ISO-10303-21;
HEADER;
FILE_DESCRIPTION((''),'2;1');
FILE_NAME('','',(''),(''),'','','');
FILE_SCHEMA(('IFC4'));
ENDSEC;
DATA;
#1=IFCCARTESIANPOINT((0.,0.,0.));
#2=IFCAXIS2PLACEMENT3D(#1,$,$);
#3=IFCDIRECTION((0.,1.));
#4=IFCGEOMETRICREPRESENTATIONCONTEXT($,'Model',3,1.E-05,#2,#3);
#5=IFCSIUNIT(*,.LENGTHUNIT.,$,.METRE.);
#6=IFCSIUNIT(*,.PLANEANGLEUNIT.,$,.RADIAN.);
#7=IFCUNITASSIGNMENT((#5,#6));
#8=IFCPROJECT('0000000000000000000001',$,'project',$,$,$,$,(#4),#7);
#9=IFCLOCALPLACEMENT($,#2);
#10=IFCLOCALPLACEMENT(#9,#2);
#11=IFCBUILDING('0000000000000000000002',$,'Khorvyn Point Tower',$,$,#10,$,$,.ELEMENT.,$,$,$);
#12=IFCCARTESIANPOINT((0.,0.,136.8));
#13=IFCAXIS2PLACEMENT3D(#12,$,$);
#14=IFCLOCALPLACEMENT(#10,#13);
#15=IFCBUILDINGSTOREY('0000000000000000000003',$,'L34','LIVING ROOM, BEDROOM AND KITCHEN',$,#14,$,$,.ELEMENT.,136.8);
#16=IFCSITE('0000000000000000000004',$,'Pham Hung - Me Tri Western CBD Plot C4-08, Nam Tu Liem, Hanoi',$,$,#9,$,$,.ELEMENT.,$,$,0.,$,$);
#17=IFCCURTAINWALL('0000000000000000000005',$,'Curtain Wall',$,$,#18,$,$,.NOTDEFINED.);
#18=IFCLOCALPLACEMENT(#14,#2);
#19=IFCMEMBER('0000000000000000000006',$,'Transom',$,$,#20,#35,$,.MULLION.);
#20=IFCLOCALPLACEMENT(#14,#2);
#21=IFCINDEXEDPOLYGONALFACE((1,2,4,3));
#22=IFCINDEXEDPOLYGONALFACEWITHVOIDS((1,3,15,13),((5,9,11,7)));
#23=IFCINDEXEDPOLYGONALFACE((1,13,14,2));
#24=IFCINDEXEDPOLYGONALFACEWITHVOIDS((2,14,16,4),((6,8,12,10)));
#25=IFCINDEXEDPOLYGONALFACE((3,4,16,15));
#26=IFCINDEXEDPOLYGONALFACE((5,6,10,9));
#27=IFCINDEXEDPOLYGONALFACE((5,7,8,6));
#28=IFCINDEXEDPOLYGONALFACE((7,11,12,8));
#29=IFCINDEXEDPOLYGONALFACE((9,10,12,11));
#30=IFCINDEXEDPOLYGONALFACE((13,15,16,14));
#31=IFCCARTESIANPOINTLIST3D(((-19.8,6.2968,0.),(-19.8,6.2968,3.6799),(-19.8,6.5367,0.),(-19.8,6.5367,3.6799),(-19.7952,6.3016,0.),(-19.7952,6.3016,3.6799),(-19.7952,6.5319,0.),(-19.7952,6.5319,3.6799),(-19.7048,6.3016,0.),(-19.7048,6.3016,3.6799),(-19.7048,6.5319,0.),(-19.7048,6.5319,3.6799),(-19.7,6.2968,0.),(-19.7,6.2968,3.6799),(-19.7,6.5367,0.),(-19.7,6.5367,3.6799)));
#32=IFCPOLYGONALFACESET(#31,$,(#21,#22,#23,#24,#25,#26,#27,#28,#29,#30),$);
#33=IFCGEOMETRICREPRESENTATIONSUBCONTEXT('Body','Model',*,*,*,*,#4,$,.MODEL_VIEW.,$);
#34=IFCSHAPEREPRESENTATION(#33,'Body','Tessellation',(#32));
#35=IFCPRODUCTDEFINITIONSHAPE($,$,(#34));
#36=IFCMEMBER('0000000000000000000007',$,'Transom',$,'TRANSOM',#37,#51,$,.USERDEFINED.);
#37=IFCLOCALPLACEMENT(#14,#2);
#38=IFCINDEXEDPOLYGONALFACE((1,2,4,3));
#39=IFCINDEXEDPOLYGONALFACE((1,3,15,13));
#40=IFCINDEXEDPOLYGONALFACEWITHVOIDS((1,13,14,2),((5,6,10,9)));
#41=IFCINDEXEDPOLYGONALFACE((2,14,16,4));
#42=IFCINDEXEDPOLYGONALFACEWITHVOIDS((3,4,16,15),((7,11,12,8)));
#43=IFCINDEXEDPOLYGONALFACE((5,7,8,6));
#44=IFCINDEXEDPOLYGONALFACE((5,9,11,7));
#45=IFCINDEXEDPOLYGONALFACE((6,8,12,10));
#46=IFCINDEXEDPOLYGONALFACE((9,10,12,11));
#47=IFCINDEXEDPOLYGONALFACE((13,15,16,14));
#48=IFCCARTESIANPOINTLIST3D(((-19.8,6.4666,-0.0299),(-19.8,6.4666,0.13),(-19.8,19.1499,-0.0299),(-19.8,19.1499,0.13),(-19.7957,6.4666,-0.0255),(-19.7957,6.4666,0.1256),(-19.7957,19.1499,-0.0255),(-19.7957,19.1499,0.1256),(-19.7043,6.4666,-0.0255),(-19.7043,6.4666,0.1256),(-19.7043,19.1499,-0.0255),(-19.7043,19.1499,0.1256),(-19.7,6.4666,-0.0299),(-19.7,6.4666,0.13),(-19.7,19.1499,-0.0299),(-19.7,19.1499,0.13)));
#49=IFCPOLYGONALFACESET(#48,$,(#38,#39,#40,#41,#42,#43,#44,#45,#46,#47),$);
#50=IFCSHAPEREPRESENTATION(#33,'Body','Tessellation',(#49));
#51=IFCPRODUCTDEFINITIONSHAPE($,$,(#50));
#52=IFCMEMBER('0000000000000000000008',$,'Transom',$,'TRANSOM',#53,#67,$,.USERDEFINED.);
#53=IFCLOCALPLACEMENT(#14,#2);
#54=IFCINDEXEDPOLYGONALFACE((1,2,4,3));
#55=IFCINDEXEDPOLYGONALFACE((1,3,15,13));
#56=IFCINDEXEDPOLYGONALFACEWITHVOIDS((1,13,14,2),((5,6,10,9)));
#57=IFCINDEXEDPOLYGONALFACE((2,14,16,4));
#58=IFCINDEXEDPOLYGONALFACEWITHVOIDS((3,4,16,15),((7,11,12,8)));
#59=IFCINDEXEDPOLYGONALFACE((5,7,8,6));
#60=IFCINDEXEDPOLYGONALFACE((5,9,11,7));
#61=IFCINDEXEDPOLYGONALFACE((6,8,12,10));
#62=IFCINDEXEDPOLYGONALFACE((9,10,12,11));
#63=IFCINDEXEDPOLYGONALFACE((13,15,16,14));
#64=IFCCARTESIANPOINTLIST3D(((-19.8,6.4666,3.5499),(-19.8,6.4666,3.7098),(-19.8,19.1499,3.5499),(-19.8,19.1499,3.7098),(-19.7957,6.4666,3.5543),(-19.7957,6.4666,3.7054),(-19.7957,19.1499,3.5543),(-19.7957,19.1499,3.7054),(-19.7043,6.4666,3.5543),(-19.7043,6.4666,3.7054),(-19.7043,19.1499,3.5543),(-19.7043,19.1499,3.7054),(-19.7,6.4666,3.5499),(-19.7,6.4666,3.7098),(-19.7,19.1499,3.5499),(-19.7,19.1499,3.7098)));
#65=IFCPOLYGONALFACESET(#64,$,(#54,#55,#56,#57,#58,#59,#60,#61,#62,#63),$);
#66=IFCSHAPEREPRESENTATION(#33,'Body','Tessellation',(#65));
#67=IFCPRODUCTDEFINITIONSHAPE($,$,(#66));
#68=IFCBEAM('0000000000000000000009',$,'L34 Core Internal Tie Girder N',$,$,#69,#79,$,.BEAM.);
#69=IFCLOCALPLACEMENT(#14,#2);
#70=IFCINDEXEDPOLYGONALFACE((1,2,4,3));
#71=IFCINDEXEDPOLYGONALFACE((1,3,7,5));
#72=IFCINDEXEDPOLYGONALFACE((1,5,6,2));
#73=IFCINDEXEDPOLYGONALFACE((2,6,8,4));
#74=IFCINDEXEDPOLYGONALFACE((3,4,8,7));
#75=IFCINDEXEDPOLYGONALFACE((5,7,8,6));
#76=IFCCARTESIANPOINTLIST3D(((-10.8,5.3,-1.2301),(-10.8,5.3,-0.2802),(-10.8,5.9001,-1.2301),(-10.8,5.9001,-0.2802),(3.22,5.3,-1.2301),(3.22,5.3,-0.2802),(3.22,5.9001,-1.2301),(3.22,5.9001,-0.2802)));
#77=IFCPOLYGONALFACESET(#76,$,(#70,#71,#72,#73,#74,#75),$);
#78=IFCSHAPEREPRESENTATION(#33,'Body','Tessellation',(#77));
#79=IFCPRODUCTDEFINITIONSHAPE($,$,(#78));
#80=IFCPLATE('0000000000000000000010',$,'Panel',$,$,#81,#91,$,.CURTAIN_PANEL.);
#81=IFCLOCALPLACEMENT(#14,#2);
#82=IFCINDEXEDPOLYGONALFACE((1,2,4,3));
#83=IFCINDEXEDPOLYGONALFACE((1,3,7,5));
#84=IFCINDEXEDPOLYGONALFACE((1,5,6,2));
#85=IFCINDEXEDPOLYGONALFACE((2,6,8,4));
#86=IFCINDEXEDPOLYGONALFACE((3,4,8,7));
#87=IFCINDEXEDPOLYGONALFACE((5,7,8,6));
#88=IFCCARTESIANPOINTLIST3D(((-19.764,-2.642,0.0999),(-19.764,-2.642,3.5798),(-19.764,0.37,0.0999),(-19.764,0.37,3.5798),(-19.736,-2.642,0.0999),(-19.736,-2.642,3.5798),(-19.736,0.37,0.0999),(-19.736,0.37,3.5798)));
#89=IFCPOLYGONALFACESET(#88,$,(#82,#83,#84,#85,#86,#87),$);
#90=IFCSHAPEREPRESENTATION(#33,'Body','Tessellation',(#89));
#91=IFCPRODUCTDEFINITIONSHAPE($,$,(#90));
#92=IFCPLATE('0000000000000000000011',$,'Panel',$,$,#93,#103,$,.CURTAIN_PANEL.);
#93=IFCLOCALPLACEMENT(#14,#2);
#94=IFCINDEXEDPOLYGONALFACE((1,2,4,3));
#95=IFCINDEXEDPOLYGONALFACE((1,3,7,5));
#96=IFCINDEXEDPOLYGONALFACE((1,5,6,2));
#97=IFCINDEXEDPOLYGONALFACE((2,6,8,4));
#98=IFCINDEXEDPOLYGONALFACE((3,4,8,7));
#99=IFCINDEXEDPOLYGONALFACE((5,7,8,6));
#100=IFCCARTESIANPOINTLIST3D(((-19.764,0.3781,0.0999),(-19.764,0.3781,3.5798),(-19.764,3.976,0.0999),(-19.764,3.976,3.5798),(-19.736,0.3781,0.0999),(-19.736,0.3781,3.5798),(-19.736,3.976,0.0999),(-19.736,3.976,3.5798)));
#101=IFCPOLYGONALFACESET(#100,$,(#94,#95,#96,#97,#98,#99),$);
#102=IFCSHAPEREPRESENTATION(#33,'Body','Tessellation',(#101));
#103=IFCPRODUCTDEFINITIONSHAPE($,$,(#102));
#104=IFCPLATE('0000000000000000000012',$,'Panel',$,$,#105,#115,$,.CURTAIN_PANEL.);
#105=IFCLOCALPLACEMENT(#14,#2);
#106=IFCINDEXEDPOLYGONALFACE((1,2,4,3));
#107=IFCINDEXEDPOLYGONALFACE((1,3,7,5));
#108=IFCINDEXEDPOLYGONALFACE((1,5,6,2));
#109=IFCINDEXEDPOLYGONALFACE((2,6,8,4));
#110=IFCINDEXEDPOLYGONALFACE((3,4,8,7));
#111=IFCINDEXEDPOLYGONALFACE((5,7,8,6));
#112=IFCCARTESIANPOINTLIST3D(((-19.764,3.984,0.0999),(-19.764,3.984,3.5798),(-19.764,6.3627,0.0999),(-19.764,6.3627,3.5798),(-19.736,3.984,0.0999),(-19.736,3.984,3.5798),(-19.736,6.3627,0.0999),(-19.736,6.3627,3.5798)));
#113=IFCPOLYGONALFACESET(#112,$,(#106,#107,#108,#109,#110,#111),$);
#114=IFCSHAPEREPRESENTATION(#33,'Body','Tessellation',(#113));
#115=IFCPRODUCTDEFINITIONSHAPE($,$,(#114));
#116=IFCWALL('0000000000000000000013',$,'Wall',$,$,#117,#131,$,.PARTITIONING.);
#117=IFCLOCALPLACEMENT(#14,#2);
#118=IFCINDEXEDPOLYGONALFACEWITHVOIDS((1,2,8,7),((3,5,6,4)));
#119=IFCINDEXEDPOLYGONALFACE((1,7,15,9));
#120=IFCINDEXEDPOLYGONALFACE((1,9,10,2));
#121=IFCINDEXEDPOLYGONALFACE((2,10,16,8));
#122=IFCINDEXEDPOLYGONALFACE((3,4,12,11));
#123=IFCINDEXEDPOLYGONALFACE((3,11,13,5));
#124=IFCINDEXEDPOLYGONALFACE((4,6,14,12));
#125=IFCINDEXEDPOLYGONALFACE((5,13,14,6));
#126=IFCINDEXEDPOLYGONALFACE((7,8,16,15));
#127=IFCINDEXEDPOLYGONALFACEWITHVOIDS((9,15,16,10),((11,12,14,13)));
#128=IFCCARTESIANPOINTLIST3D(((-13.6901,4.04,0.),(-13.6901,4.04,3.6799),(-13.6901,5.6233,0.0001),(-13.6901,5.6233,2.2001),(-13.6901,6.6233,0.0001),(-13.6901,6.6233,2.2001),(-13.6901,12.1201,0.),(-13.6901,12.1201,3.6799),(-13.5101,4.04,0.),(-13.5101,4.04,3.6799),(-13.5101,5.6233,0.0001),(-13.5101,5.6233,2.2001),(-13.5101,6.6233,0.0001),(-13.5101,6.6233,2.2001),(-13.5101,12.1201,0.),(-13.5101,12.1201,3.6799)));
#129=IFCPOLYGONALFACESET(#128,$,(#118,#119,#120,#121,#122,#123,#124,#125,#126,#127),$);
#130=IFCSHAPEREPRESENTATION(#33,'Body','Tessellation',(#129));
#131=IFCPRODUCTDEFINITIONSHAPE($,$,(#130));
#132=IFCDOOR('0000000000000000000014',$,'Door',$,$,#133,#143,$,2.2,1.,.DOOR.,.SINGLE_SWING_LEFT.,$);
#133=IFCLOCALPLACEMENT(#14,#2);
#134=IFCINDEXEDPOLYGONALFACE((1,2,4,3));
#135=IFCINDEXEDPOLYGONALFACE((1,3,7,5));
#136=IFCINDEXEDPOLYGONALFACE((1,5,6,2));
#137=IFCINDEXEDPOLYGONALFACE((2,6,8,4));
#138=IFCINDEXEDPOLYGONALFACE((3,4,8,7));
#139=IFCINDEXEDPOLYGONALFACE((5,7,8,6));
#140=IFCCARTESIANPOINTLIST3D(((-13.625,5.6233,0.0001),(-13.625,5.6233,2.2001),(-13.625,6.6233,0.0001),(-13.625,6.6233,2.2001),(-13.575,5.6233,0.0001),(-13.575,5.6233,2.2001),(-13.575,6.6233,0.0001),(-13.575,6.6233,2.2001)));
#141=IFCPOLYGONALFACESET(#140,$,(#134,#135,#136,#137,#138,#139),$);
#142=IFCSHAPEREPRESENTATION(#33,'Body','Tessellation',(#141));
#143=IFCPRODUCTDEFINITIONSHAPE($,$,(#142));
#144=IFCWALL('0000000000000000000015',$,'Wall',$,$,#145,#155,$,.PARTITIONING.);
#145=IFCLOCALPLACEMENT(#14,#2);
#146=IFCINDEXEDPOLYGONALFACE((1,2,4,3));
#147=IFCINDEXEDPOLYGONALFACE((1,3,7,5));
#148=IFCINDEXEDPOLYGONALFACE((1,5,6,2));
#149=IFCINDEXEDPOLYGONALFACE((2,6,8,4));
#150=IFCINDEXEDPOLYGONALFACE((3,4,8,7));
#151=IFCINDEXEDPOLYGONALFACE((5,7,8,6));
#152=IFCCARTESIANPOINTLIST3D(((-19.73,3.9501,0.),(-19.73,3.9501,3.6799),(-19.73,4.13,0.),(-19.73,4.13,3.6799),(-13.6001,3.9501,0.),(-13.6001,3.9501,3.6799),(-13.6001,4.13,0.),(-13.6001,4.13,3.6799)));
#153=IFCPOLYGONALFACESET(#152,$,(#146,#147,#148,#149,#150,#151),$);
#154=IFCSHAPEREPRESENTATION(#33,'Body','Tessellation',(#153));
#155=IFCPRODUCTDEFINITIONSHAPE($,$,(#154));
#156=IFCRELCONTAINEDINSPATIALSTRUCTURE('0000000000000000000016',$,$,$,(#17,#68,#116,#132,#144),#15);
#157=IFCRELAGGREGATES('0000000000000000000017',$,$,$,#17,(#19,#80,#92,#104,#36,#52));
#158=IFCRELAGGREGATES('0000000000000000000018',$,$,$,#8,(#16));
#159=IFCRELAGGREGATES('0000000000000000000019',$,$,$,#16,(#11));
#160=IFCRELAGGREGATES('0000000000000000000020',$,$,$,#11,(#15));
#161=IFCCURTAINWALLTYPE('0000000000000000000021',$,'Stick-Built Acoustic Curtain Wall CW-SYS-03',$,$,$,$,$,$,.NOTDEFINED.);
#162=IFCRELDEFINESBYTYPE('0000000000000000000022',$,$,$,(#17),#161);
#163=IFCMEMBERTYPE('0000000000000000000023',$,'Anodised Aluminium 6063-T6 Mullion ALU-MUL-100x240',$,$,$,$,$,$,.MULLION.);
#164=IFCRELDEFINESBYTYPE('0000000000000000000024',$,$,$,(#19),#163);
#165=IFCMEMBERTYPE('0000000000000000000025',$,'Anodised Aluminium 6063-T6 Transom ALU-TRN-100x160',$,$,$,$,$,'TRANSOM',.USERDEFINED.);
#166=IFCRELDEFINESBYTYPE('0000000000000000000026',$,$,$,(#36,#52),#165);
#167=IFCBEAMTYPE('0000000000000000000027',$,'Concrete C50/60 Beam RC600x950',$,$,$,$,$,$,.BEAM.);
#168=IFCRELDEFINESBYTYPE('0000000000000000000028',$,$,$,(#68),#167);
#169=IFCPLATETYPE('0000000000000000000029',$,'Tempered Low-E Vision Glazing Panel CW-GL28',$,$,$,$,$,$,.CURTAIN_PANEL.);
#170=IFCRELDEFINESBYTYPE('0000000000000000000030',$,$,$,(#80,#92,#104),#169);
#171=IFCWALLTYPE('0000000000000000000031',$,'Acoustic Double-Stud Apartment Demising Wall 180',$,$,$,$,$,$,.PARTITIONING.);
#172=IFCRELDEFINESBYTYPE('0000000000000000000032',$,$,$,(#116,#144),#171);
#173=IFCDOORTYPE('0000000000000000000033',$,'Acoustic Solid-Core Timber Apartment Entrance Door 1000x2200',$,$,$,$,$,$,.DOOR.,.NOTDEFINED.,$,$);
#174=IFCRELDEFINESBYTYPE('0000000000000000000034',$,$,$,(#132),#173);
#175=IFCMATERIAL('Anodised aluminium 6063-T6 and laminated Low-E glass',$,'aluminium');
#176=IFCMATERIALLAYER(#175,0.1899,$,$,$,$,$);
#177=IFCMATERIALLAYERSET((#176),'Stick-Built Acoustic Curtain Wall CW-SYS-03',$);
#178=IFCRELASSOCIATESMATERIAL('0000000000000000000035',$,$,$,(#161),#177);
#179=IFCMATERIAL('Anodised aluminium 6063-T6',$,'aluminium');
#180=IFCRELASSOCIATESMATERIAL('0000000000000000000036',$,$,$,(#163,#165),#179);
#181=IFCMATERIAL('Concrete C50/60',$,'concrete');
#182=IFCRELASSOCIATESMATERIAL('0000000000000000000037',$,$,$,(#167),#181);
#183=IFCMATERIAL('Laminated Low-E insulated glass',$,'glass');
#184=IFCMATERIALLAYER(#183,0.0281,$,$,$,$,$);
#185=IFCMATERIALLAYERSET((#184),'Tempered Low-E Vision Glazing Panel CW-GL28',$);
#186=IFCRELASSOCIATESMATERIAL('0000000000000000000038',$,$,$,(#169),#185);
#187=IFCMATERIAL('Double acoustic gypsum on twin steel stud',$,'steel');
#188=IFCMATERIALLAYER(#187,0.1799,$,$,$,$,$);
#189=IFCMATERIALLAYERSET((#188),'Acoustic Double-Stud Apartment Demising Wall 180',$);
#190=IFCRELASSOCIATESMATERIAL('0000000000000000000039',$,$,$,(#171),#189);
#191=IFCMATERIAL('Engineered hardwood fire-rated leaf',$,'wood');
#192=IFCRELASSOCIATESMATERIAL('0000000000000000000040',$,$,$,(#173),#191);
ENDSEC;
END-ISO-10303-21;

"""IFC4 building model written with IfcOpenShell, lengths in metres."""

from ifc_helpers import new_model, si_unit, direction, frame, frame_2d, origin, origin_2d, place, context, subcontext, project, spatial, rectangle, hollow_rectangle, extrude, material, layer, layer_set, material_profile, profile_set, type_object, element, fill, aggregate, save


model = new_model("IFC4")

# Units and contexts
model_context = context("Model", 3, precision=1e-05, world=origin(), true_north=direction((0.0, 1.0)))
body_context = subcontext(model_context, "Body", "Model", "MODEL_VIEW")
ifc_project = project(units=[si_unit("LENGTHUNIT", "METRE"), si_unit("PLANEANGLEUNIT", "RADIAN")], contexts=[model_context])

# Site, building, storey
site_placement = place(None, origin())
site = spatial("IfcSite", under=ifc_project, at=site_placement, Name="Pham Hung - Me Tri Western CBD Plot C4-08, Nam Tu Liem, Hanoi", CompositionType="ELEMENT", RefElevation=0.0)
building_placement = place(site_placement, origin())
building = spatial("IfcBuilding", under=site, at=building_placement, Name="Khorvyn Point Tower", CompositionType="ELEMENT")
storey_placement = place(building_placement, frame((0.0, 0.0, 136.8)))
storey = spatial("IfcBuildingStorey", under=building, at=storey_placement, Name="L34", Description="LIVING ROOM, BEDROOM AND KITCHEN", CompositionType="ELEMENT", Elevation=136.8)

# Curtain wall, members
ifc_material_1 = material(Name="Anodised aluminium 6063-T6 and laminated Low-E glass", Category="aluminium")
ifc_layer_1 = layer(ifc_material_1, 0.1899)
ifc_layer_set_1 = layer_set([ifc_layer_1], Name="Stick-Built Acoustic Curtain Wall CW-SYS-03")
curtain_wall_type = type_object("IfcCurtainWallType", Name="Stick-Built Acoustic Curtain Wall CW-SYS-03", PredefinedType="NOTDEFINED", material=ifc_layer_set_1)
curtain_wall_placement = place(storey_placement, origin())
curtain_wall = element("IfcCurtainWall", 1, at=curtain_wall_placement, inside=storey, type_object=curtain_wall_type, Name="Curtain Wall", PredefinedType="NOTDEFINED")
ifc_material_2 = material(Name="Anodised aluminium 6063-T6", Category="aluminium")
ifc_material_profile_1 = material_profile(ifc_material_2, hollow_rectangle(XDim=0.1001, YDim=0.24, WallThickness=0.0049, at=origin_2d()))
ifc_profile_set_1 = profile_set([ifc_material_profile_1], Name="Anodised aluminium 6063-T6 ALU-MUL-100x240")
member_type_1 = type_object("IfcMemberType", Name="Anodised Aluminium 6063-T6 Mullion ALU-MUL-100x240", PredefinedType="MULLION", material=ifc_profile_set_1)
member_1_placement = place(storey_placement, frame((-19.75, 6.4167, 0.0), z_axis=(0.0, 0.0, 1.0), x_axis=(-1.0, 0.0, 0.0)))
member_1 = element("IfcMember", 2, at=member_1_placement, type_object=member_type_1, Name="Transom", PredefinedType="MULLION", context=body_context, shape_type="SweptSolid", body=[
    extrude(hollow_rectangle(XDim=0.1001, YDim=0.24, WallThickness=0.0049, at=origin_2d()), origin(), (0.0, 0.0, 1.0), 3.6799),
])
ifc_material_profile_2 = material_profile(ifc_material_2, hollow_rectangle(XDim=0.1001, YDim=0.1599, WallThickness=0.0044, at=origin_2d()))
ifc_profile_set_2 = profile_set([ifc_material_profile_2], Name="Anodised aluminium 6063-T6 ALU-TRN-100x160")
member_type_2 = type_object("IfcMemberType", Name="Anodised Aluminium 6063-T6 Transom ALU-TRN-100x160", ElementType="TRANSOM", PredefinedType="USERDEFINED", material=ifc_profile_set_2)
member_2_placement = place(storey_placement, frame((-19.75, 6.4666, 0.05), z_axis=(0.0, 1.0, 0.0), x_axis=(-1.0, 0.0, 0.0)))
member_2 = element("IfcMember", 3, at=member_2_placement, type_object=member_type_2, Name="Transom", ObjectType="TRANSOM", PredefinedType="USERDEFINED", context=body_context, shape_type="SweptSolid", body=[
    extrude(hollow_rectangle(XDim=0.1001, YDim=0.1599, WallThickness=0.0044, at=origin_2d()), origin(), (0.0, 0.0, 1.0), 12.6833),
])
member_3_placement = place(storey_placement, frame((-19.75, 6.4666, 3.6299), z_axis=(0.0, 1.0, 0.0), x_axis=(-1.0, 0.0, 0.0)))
member_3 = element("IfcMember", 4, at=member_3_placement, type_object=member_type_2, Name="Transom", ObjectType="TRANSOM", PredefinedType="USERDEFINED", context=body_context, shape_type="SweptSolid", body=[
    extrude(hollow_rectangle(XDim=0.1001, YDim=0.1599, WallThickness=0.0044, at=origin_2d()), origin(), (0.0, 0.0, 1.0), 12.6833),
])

# Beam
ifc_material_3 = material(Name="Concrete C50/60", Category="concrete")
ifc_material_profile_3 = material_profile(ifc_material_3, rectangle(XDim=0.6001, YDim=0.95, at=origin_2d()))
ifc_profile_set_3 = profile_set([ifc_material_profile_3], Name="Concrete C50/60 RC600x950")
beam_type = type_object("IfcBeamType", Name="Concrete C50/60 Beam RC600x950", PredefinedType="BEAM", material=ifc_profile_set_3)
beam_placement = place(storey_placement, frame((-10.8, 5.6001, -0.7551), z_axis=(1.0, 0.0, 0.0), x_axis=(0.0, 1.0, 0.0)))
element("IfcBeam", 5, at=beam_placement, inside=storey, type_object=beam_type, Name="L34 Core Internal Tie Girder N", PredefinedType="BEAM", context=body_context, shape_type="SweptSolid", body=[
    extrude(rectangle(XDim=0.6001, YDim=0.95, at=origin_2d()), origin(), (0.0, 0.0, 1.0), 14.02),
])

# Plates
ifc_material_4 = material(Name="Laminated Low-E insulated glass", Category="glass")
ifc_layer_2 = layer(ifc_material_4, 0.0281)
ifc_layer_set_2 = layer_set([ifc_layer_2], Name="Tempered Low-E Vision Glazing Panel CW-GL28")
plate_type = type_object("IfcPlateType", Name="Tempered Low-E Vision Glazing Panel CW-GL28", PredefinedType="CURTAIN_PANEL", material=ifc_layer_set_2)
plate_1_placement = place(storey_placement, frame((-19.75, -1.136, 0.0999), z_axis=(0.0, 0.0, 1.0), x_axis=(0.0, 1.0, 0.0)))
plate_1 = element("IfcPlate", 6, at=plate_1_placement, type_object=plate_type, Name="Panel", PredefinedType="CURTAIN_PANEL", context=body_context, shape_type="SweptSolid", body=[
    extrude(rectangle(XDim=3.012, YDim=0.0281, at=origin_2d()), origin(), (0.0, 0.0, 1.0), 3.48),
])
plate_2_placement = place(storey_placement, frame((-19.75, 2.177, 0.0999), z_axis=(0.0, 0.0, 1.0), x_axis=(0.0, 1.0, 0.0)))
plate_2 = element("IfcPlate", 7, at=plate_2_placement, type_object=plate_type, Name="Panel", PredefinedType="CURTAIN_PANEL", context=body_context, shape_type="SweptSolid", body=[
    extrude(rectangle(XDim=3.5979, YDim=0.0281, at=origin_2d()), origin(), (0.0, 0.0, 1.0), 3.48),
])
plate_3_placement = place(storey_placement, frame((-19.75, 5.1733, 0.0999), z_axis=(0.0, 0.0, 1.0), x_axis=(0.0, 1.0, 0.0)))
plate_3 = element("IfcPlate", 8, at=plate_3_placement, type_object=plate_type, Name="Panel", PredefinedType="CURTAIN_PANEL", context=body_context, shape_type="SweptSolid", body=[
    extrude(rectangle(XDim=2.3787, YDim=0.0281, at=origin_2d()), origin(), (0.0, 0.0, 1.0), 3.48),
])
aggregate(curtain_wall, [member_1, plate_1, plate_2, plate_3, member_2, member_3])

# Wall, opening, door
ifc_material_5 = material(Name="Double acoustic gypsum on twin steel stud", Category="steel")
ifc_layer_3 = layer(ifc_material_5, 0.1799)
ifc_layer_set_3 = layer_set([ifc_layer_3], Name="Acoustic Double-Stud Apartment Demising Wall 180")
wall_type_1 = type_object("IfcWallType", Name="Acoustic Double-Stud Apartment Demising Wall 180", PredefinedType="PARTITIONING", material=ifc_layer_set_3)
wall_1_placement = place(storey_placement, frame((-13.6001, 4.04, 0.0), z_axis=(0.0, 0.0, 1.0), x_axis=(0.0, 1.0, 0.0)))
wall_1 = element("IfcWall", 9, at=wall_1_placement, inside=storey, type_object=wall_type_1, Name="Wall", PredefinedType="PARTITIONING", context=body_context, shape_type="SweptSolid", body=[
    extrude(rectangle(XDim=8.0801, YDim=0.1799, at=frame_2d((4.04, 0.0))), origin(), (0.0, 0.0, 1.0), 3.6799),
])
opening_1_placement = place(wall_1_placement, frame((1.5833, 0.0, 0.0)))
opening_1 = element("IfcOpeningElement", 10, at=opening_1_placement, cuts=wall_1, PredefinedType="OPENING", context=body_context, shape_type="SweptSolid", body=[
    extrude(rectangle(XDim=1.0, YDim=2.2, at=frame_2d((0.5, 1.1001))), frame((0.0, 0.0999, 0.0), z_axis=(0.0, -1.0, 0.0), x_axis=(1.0, 0.0, 0.0)), (0.0, 0.0, 1.0), 0.2),
])
ifc_material_6 = material(Name="Engineered hardwood fire-rated leaf", Category="wood")
door_type_1 = type_object("IfcDoorType", Name="Acoustic Solid-Core Timber Apartment Entrance Door 1000x2200", OperationType="NOTDEFINED", PredefinedType="DOOR", material=ifc_material_6)
door_1_placement = place(opening_1_placement, origin())
door_1 = element("IfcDoor", 11, at=door_1_placement, inside=storey, type_object=door_type_1, Name="Door", OperationType="SINGLE_SWING_LEFT", OverallHeight=2.2, OverallWidth=1.0, PredefinedType="DOOR", context=body_context, shape_type="SweptSolid", body=[
    extrude(rectangle(XDim=1.0, YDim=2.2, at=frame_2d((0.5, 1.1001))), frame((0.0, 0.0249, 0.0), z_axis=(0.0, -1.0, 0.0), x_axis=(1.0, 0.0, 0.0)), (0.0, 0.0, 1.0), 0.05),
])
fill(opening_1, door_1)

# Wall
wall_2_placement = place(storey_placement, frame((-19.73, 4.04, 0.0), z_axis=(0.0, 0.0, 1.0), x_axis=(1.0, 0.0, 0.0)))
element("IfcWall", 12, at=wall_2_placement, inside=storey, type_object=wall_type_1, Name="Wall", PredefinedType="PARTITIONING", context=body_context, shape_type="SweptSolid", body=[
    extrude(rectangle(XDim=6.1299, YDim=0.1799, at=frame_2d((3.0649, 0.0))), origin(), (0.0, 0.0, 1.0), 3.6799),
])

save(model, "model.ifc")
